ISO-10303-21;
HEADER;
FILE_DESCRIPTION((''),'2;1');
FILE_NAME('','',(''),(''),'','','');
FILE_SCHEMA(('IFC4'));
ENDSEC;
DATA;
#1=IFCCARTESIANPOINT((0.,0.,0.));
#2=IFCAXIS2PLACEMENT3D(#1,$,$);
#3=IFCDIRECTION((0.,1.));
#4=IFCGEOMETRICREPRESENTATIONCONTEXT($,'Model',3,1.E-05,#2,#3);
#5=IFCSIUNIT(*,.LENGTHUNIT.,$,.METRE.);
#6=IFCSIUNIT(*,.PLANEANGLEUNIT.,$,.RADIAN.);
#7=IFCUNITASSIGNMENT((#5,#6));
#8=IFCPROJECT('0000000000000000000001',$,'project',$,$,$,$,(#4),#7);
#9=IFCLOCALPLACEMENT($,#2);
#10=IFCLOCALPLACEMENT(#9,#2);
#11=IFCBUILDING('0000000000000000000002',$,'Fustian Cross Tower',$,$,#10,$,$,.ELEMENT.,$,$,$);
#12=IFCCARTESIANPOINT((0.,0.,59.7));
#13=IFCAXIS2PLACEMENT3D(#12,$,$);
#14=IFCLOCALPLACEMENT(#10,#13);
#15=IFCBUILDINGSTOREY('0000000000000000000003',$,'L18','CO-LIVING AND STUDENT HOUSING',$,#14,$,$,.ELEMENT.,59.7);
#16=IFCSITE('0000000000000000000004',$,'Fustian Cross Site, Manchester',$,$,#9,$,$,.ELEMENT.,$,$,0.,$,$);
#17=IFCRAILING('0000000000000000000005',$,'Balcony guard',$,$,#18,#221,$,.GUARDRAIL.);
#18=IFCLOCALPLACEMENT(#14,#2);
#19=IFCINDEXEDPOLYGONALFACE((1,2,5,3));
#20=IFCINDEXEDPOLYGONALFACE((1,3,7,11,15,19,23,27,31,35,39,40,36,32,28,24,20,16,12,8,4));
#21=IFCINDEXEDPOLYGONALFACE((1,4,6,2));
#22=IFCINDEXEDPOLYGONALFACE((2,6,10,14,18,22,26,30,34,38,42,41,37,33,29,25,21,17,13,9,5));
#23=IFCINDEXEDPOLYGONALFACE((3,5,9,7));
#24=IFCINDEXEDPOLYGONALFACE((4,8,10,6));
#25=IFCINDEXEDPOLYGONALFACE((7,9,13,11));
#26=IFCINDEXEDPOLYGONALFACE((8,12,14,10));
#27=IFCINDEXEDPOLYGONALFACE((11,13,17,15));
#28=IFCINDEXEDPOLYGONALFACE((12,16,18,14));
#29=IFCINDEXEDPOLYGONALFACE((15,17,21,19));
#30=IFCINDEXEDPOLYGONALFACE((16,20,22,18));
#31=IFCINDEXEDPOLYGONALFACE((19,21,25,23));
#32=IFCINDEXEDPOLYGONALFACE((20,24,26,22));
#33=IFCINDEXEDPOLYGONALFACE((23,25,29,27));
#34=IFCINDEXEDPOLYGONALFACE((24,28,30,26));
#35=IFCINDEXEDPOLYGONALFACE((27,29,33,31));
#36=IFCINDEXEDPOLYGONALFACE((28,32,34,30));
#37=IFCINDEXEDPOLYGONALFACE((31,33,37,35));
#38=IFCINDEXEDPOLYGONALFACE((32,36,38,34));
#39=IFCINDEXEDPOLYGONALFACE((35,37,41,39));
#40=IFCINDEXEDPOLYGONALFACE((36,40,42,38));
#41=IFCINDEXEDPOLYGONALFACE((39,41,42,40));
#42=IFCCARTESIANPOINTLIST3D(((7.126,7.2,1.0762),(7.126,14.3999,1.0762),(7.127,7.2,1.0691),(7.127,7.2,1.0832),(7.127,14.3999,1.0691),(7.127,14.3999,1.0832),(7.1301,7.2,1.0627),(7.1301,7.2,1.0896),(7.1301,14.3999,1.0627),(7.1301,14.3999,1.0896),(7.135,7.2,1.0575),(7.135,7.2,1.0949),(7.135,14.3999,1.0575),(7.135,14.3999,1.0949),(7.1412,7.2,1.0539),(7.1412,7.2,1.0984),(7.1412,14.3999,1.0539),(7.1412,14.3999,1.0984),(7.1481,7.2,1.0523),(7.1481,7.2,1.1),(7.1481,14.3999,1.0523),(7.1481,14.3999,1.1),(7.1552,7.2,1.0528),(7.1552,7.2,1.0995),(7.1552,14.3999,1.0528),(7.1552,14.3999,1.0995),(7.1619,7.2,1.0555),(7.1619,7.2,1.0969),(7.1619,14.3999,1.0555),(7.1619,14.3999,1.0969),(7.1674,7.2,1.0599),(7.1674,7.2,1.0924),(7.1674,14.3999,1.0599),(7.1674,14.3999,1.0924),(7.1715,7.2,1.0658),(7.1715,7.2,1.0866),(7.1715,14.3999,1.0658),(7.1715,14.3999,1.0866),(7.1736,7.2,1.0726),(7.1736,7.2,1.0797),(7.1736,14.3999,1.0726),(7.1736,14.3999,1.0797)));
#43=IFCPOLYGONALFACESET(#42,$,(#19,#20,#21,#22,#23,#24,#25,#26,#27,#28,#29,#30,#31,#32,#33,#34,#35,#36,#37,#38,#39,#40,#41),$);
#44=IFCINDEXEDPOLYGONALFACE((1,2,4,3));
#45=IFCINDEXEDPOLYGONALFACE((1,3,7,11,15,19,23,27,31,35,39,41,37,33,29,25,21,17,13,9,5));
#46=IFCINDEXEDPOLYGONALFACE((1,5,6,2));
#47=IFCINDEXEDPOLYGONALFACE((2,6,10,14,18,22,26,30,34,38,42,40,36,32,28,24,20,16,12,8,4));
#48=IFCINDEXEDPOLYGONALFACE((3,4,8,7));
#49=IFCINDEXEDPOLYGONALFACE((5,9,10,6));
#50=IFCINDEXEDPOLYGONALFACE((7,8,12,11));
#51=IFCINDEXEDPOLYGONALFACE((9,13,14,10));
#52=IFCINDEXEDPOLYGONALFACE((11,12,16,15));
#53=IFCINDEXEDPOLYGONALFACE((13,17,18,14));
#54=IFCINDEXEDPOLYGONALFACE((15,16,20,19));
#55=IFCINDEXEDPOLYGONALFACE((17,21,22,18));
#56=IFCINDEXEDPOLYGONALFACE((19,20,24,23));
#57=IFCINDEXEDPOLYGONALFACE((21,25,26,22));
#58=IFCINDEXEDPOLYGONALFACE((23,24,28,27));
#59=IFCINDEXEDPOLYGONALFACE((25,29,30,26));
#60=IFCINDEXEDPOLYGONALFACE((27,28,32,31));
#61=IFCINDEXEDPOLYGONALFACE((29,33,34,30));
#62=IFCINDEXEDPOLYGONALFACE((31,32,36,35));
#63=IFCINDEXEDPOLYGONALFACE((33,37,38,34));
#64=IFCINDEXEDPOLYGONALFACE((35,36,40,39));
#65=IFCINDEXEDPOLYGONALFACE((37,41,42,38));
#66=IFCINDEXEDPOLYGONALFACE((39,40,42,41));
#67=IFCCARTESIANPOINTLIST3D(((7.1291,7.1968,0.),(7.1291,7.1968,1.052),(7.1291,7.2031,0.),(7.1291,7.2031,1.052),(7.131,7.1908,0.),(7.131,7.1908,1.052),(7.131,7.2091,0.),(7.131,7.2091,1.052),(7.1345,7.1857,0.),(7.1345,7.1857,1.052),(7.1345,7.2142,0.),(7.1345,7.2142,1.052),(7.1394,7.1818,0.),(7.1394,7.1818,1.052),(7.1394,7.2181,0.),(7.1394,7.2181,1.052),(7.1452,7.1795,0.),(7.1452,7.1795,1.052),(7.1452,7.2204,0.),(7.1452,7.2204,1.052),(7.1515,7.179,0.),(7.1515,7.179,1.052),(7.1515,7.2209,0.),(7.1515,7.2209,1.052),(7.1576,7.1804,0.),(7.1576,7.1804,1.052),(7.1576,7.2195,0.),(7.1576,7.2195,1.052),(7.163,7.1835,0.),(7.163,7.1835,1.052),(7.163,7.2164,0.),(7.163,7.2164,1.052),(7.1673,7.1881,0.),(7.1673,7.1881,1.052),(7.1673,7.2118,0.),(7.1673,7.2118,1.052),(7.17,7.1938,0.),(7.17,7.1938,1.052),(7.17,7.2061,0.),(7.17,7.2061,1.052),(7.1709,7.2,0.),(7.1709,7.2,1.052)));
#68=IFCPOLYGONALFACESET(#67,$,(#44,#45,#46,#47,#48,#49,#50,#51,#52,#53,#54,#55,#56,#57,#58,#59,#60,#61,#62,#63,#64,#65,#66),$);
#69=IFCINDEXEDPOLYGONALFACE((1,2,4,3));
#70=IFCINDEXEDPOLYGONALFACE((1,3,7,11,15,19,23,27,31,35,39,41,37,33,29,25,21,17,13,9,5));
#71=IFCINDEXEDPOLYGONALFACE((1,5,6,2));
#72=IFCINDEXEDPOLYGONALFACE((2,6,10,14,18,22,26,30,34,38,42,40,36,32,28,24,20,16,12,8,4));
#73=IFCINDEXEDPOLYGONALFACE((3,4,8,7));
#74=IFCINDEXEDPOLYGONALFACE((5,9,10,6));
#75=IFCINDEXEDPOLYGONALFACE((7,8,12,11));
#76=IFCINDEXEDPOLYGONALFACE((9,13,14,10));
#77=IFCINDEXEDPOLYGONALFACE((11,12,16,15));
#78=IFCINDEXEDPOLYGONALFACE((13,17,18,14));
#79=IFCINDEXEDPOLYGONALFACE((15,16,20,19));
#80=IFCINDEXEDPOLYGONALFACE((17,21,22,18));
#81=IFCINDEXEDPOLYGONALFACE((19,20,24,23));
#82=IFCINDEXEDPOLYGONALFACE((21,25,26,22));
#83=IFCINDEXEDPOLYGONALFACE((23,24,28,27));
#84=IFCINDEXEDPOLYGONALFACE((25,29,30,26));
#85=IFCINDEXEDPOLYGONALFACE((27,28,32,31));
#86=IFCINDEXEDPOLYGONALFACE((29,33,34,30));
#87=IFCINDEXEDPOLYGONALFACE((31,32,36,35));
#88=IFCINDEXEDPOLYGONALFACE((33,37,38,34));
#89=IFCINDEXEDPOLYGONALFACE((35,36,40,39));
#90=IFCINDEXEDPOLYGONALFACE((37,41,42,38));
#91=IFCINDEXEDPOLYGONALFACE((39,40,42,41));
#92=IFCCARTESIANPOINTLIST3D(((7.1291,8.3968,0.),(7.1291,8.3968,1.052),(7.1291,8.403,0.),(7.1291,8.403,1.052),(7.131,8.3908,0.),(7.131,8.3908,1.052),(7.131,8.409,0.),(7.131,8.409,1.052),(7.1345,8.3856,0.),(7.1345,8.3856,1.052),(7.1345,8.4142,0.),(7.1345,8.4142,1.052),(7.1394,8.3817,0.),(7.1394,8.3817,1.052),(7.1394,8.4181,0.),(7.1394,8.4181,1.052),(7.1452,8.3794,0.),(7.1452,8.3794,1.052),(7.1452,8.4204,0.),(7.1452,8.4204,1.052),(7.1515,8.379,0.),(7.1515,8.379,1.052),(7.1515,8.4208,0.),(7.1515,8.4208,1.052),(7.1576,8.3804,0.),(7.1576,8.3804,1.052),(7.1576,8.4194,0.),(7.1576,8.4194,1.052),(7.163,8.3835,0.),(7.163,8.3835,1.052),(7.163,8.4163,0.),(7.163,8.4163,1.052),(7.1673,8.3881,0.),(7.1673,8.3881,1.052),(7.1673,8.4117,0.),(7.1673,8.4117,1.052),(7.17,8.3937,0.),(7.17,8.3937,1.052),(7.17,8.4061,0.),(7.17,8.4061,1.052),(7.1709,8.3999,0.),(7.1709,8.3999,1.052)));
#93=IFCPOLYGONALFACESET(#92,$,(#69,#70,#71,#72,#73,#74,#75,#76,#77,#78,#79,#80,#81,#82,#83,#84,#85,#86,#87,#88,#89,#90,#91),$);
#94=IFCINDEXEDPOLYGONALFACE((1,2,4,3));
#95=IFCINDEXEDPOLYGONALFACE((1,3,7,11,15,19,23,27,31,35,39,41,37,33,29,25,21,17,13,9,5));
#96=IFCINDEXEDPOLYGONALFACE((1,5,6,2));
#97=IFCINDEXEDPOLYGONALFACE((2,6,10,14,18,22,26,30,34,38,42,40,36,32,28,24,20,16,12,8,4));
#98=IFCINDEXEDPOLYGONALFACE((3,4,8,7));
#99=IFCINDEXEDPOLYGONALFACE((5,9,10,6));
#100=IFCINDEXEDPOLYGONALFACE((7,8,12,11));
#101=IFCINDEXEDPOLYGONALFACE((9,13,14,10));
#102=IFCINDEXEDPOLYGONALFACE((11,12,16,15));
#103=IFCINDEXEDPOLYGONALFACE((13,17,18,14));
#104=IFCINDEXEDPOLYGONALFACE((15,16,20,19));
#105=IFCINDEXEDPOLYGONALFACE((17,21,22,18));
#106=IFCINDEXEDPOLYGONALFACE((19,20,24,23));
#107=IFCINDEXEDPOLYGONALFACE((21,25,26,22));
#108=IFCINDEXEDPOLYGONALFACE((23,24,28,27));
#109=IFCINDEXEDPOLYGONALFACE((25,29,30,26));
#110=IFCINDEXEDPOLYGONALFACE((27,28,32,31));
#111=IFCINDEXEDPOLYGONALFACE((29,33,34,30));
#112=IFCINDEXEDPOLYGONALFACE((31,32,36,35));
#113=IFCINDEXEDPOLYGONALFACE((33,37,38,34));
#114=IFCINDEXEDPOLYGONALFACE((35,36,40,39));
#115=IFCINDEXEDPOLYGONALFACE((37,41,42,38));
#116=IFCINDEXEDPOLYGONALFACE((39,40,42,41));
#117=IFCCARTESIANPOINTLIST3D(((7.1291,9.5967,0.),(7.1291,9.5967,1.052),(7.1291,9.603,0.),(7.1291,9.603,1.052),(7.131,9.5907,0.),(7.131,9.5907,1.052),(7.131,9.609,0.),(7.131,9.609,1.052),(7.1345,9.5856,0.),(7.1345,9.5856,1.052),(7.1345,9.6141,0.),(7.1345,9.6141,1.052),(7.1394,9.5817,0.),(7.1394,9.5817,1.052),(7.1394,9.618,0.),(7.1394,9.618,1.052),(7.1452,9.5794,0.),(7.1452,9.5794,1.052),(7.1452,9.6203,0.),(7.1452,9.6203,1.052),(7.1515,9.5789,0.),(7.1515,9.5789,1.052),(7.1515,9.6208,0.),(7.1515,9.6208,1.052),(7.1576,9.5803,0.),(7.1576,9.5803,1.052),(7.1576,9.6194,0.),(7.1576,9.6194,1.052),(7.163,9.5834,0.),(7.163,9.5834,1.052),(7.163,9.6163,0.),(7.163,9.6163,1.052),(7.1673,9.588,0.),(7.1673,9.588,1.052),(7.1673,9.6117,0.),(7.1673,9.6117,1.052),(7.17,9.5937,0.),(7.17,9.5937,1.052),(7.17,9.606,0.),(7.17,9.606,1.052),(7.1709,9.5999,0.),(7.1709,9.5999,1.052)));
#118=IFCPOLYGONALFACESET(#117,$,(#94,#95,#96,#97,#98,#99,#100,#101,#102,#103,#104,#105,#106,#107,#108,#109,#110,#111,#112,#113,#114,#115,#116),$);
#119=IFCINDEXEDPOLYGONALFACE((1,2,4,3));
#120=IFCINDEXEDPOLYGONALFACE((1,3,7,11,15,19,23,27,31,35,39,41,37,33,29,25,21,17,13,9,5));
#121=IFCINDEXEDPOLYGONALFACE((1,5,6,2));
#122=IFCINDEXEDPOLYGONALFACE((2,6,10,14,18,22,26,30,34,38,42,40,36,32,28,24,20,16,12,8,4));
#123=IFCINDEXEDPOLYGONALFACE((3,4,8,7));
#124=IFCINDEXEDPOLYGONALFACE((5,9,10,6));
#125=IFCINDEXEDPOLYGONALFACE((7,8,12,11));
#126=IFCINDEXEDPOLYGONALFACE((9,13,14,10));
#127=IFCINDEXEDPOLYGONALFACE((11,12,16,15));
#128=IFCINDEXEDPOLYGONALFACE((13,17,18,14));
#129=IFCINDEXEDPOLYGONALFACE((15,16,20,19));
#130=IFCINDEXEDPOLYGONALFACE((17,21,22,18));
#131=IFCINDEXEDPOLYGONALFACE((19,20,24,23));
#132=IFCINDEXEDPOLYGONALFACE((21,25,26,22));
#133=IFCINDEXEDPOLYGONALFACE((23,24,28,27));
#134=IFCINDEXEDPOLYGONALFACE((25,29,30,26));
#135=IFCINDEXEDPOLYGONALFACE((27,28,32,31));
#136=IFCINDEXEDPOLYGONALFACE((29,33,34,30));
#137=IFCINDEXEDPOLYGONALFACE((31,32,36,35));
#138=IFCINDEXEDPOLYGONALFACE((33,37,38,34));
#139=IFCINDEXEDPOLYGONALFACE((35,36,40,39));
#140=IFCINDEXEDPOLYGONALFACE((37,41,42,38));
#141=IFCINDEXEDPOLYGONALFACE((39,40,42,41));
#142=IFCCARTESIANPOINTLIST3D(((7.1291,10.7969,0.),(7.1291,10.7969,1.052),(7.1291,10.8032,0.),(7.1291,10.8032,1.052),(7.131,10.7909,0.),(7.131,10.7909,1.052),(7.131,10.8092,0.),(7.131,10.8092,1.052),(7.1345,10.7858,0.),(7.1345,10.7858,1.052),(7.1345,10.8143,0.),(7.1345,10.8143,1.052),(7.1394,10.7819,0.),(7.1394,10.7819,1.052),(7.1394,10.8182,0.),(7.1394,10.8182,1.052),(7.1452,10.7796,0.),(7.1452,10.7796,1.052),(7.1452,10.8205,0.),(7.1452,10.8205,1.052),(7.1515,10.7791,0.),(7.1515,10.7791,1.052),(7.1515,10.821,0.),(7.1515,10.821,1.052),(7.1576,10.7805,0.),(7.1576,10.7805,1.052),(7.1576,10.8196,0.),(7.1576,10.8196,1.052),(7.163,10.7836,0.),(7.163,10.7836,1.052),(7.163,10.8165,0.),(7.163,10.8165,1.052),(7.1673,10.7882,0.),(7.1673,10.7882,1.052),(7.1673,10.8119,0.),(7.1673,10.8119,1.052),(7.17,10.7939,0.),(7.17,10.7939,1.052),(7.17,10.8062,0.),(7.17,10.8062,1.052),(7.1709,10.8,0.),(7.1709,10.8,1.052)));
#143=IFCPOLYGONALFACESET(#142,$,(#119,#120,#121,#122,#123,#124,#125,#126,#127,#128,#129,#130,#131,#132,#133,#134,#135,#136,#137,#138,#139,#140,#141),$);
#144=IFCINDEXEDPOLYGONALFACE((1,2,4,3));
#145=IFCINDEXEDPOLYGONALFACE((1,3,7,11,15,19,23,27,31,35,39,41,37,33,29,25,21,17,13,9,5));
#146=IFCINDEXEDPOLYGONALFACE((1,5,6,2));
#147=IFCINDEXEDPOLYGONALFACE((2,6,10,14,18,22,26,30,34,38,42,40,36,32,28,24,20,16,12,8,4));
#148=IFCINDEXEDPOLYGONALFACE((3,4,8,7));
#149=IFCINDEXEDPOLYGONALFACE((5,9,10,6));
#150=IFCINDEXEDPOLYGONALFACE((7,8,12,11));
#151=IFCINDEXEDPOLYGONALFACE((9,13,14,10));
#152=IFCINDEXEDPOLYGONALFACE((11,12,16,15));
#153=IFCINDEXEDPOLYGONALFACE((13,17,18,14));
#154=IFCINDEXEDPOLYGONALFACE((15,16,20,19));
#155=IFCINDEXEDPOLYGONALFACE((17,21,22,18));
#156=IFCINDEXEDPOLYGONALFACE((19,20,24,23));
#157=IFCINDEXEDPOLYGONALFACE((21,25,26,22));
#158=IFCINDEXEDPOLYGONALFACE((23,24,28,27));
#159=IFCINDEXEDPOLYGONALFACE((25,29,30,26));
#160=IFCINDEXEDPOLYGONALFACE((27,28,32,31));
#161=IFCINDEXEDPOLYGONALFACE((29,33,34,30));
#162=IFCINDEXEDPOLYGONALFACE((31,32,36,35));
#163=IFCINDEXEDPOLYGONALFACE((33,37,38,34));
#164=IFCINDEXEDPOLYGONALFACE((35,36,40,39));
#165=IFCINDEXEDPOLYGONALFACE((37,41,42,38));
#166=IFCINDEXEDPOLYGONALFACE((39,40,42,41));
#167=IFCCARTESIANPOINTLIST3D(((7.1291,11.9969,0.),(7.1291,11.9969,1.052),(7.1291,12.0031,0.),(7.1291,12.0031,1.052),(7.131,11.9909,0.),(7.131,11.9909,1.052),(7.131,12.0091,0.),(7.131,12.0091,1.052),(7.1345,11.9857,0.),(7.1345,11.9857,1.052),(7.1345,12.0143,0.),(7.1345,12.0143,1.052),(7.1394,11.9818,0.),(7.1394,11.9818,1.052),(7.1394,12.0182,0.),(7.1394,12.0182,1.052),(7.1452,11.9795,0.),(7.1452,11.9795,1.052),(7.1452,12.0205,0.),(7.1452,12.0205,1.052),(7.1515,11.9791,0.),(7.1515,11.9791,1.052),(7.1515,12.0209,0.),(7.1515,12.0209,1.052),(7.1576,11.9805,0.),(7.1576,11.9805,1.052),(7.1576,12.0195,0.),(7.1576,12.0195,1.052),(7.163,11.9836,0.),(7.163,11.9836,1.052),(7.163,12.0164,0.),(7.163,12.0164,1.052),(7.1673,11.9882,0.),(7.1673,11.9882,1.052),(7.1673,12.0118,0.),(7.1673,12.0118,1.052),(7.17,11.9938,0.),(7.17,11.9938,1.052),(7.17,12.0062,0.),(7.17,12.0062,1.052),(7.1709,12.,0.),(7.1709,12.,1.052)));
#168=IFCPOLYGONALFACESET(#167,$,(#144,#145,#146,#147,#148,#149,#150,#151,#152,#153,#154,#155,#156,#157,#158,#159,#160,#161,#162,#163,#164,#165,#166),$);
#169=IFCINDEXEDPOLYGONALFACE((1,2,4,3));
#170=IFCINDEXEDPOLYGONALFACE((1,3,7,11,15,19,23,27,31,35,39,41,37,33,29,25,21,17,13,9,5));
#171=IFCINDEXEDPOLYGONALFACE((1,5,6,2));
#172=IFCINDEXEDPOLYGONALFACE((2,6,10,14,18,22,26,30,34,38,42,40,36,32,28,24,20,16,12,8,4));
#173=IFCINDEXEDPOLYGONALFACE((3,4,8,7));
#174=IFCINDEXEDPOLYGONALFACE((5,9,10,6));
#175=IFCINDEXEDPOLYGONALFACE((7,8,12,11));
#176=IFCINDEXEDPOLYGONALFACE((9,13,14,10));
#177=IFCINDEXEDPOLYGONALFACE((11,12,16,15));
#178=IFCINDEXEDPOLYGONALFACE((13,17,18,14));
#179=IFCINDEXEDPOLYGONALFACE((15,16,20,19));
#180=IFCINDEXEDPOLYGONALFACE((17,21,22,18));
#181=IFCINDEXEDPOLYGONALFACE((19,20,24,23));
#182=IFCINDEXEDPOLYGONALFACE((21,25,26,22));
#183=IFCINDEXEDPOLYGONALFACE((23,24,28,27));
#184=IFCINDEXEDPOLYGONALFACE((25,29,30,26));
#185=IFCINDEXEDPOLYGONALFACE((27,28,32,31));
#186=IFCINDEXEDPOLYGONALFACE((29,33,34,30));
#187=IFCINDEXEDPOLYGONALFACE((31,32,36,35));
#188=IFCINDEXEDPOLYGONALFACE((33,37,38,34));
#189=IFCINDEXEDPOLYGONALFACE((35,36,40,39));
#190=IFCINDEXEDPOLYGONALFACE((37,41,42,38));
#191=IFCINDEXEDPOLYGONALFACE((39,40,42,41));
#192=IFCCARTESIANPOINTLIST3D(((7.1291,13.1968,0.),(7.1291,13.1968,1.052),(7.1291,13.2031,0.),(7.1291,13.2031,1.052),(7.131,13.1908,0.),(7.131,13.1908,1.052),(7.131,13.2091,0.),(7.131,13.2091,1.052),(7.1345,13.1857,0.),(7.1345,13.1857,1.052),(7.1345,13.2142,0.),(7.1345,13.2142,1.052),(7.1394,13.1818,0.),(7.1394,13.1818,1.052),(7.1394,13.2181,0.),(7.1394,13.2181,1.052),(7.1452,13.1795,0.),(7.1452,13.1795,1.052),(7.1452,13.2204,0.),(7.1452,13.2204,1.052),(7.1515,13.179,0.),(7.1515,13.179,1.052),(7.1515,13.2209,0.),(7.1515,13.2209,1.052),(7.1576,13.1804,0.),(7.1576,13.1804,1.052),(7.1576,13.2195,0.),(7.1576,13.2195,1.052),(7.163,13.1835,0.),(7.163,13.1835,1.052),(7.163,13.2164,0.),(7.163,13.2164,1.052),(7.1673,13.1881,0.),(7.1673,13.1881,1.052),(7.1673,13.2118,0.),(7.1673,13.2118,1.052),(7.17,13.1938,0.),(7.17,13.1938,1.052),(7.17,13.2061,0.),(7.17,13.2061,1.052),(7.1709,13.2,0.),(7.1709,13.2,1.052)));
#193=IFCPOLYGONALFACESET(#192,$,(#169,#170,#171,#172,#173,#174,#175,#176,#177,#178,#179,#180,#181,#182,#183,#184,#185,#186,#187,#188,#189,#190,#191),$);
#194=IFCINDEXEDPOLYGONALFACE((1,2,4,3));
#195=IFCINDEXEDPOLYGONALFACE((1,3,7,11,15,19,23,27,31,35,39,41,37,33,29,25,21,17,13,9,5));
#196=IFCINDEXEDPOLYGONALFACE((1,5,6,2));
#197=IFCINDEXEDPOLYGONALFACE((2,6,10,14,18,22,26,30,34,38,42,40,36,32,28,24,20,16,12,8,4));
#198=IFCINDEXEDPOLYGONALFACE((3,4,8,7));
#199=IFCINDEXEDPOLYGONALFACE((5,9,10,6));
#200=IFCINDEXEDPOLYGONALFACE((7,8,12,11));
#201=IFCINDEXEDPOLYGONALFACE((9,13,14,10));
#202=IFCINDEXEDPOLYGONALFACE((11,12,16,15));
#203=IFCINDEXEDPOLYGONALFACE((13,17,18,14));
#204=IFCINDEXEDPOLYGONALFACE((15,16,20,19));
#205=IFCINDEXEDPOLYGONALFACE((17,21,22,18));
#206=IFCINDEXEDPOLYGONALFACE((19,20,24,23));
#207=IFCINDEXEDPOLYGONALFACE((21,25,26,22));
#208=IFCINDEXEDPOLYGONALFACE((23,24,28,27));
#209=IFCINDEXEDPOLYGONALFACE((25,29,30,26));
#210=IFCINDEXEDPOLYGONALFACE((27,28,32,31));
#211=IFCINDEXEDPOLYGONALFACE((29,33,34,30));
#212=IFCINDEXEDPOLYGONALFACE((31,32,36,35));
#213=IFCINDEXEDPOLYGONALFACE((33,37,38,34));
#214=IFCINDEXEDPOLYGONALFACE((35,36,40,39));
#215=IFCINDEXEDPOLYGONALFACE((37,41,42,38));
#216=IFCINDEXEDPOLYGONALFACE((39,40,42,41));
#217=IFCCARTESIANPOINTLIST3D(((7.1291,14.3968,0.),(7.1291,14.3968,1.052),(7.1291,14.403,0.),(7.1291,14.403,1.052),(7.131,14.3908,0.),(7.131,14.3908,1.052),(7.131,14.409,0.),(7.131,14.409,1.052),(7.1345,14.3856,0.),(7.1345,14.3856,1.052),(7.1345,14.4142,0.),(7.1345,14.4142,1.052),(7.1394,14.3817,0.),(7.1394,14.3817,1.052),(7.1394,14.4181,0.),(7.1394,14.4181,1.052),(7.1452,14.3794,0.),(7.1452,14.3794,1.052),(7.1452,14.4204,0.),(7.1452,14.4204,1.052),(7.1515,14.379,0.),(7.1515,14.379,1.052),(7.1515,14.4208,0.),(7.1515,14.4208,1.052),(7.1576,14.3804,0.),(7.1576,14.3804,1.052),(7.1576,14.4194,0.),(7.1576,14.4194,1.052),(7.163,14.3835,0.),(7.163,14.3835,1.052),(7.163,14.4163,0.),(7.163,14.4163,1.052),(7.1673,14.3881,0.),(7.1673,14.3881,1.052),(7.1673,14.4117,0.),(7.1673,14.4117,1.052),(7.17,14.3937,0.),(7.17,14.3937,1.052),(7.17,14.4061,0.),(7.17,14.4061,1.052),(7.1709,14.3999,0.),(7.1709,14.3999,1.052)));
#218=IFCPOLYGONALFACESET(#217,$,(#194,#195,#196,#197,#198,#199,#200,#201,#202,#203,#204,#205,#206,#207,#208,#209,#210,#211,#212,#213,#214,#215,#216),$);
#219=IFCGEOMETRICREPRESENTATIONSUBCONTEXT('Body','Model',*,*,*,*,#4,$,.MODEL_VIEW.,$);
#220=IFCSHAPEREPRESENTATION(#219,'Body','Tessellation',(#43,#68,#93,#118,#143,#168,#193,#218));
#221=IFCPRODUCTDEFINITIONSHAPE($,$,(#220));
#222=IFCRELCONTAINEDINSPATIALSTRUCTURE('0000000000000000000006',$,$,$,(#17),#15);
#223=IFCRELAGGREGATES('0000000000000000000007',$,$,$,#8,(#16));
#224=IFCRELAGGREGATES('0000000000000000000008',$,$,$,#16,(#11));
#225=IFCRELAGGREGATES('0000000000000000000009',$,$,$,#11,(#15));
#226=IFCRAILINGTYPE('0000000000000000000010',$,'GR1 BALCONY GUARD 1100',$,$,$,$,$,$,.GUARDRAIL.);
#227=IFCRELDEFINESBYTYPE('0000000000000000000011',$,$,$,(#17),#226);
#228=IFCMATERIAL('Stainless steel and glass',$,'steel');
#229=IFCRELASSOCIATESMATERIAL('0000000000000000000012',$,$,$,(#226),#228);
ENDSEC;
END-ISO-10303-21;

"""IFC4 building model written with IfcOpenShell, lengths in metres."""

from ifc_helpers import new_model, si_unit, direction, frame, origin, origin_2d, place, context, subcontext, project, spatial, circle, extrude, material, type_object, element, save


model = new_model("IFC4")

# Units and contexts
model_context = context("Model", 3, precision=1e-05, world=origin(), true_north=direction((0.0, 1.0)))
body_context = subcontext(model_context, "Body", "Model", "MODEL_VIEW")
ifc_project = project(units=[si_unit("LENGTHUNIT", "METRE"), si_unit("PLANEANGLEUNIT", "RADIAN")], contexts=[model_context])

# Site, building, storey
site_placement = place(None, origin())
site = spatial("IfcSite", under=ifc_project, at=site_placement, Name="Fustian Cross Site, Manchester", CompositionType="ELEMENT", RefElevation=0.0)
building_placement = place(site_placement, origin())
building = spatial("IfcBuilding", under=site, at=building_placement, Name="Fustian Cross Tower", CompositionType="ELEMENT")
storey_placement = place(building_placement, frame((0.0, 0.0, 59.7)))
storey = spatial("IfcBuildingStorey", under=building, at=storey_placement, Name="L18", Description="CO-LIVING AND STUDENT HOUSING", CompositionType="ELEMENT", Elevation=59.7)

# Railing
ifc_material_1 = material(Name="Stainless steel and glass", Category="steel")
railing_type = type_object("IfcRailingType", Name="GR1 BALCONY GUARD 1100", PredefinedType="GUARDRAIL", material=ifc_material_1)
railing_placement = place(storey_placement, frame((7.1499, 7.2, 0.0)))
element("IfcRailing", 1, at=railing_placement, inside=storey, type_object=railing_type, Name="Balcony guard", PredefinedType="GUARDRAIL", context=body_context, shape_type="SweptSolid", body=[
    extrude(circle(Radius=0.0239, at=origin_2d()), frame((0.0, 0.0, 1.0762), z_axis=(0.0, 1.0, 0.0), x_axis=(-1.0, 0.0, 0.0)), (0.0, 0.0, 1.0), 7.2),
    extrude(circle(Radius=0.021, at=origin_2d()), origin(), (0.0, 0.0, 1.0), 1.052),
    extrude(circle(Radius=0.021, at=origin_2d()), frame((0.0, 1.2, 0.0)), (0.0, 0.0, 1.0), 1.052),
    extrude(circle(Radius=0.021, at=origin_2d()), frame((0.0, 2.3999, 0.0)), (0.0, 0.0, 1.0), 1.052),
    extrude(circle(Radius=0.021, at=origin_2d()), frame((0.0, 3.6001, 0.0)), (0.0, 0.0, 1.0), 1.052),
    extrude(circle(Radius=0.021, at=origin_2d()), frame((0.0, 4.8, 0.0)), (0.0, 0.0, 1.0), 1.052),
    extrude(circle(Radius=0.021, at=origin_2d()), frame((0.0, 6.0, 0.0)), (0.0, 0.0, 1.0), 1.052),
    extrude(circle(Radius=0.021, at=origin_2d()), frame((0.0, 7.2, 0.0)), (0.0, 0.0, 1.0), 1.052),
])

save(model, "model.ifc")
